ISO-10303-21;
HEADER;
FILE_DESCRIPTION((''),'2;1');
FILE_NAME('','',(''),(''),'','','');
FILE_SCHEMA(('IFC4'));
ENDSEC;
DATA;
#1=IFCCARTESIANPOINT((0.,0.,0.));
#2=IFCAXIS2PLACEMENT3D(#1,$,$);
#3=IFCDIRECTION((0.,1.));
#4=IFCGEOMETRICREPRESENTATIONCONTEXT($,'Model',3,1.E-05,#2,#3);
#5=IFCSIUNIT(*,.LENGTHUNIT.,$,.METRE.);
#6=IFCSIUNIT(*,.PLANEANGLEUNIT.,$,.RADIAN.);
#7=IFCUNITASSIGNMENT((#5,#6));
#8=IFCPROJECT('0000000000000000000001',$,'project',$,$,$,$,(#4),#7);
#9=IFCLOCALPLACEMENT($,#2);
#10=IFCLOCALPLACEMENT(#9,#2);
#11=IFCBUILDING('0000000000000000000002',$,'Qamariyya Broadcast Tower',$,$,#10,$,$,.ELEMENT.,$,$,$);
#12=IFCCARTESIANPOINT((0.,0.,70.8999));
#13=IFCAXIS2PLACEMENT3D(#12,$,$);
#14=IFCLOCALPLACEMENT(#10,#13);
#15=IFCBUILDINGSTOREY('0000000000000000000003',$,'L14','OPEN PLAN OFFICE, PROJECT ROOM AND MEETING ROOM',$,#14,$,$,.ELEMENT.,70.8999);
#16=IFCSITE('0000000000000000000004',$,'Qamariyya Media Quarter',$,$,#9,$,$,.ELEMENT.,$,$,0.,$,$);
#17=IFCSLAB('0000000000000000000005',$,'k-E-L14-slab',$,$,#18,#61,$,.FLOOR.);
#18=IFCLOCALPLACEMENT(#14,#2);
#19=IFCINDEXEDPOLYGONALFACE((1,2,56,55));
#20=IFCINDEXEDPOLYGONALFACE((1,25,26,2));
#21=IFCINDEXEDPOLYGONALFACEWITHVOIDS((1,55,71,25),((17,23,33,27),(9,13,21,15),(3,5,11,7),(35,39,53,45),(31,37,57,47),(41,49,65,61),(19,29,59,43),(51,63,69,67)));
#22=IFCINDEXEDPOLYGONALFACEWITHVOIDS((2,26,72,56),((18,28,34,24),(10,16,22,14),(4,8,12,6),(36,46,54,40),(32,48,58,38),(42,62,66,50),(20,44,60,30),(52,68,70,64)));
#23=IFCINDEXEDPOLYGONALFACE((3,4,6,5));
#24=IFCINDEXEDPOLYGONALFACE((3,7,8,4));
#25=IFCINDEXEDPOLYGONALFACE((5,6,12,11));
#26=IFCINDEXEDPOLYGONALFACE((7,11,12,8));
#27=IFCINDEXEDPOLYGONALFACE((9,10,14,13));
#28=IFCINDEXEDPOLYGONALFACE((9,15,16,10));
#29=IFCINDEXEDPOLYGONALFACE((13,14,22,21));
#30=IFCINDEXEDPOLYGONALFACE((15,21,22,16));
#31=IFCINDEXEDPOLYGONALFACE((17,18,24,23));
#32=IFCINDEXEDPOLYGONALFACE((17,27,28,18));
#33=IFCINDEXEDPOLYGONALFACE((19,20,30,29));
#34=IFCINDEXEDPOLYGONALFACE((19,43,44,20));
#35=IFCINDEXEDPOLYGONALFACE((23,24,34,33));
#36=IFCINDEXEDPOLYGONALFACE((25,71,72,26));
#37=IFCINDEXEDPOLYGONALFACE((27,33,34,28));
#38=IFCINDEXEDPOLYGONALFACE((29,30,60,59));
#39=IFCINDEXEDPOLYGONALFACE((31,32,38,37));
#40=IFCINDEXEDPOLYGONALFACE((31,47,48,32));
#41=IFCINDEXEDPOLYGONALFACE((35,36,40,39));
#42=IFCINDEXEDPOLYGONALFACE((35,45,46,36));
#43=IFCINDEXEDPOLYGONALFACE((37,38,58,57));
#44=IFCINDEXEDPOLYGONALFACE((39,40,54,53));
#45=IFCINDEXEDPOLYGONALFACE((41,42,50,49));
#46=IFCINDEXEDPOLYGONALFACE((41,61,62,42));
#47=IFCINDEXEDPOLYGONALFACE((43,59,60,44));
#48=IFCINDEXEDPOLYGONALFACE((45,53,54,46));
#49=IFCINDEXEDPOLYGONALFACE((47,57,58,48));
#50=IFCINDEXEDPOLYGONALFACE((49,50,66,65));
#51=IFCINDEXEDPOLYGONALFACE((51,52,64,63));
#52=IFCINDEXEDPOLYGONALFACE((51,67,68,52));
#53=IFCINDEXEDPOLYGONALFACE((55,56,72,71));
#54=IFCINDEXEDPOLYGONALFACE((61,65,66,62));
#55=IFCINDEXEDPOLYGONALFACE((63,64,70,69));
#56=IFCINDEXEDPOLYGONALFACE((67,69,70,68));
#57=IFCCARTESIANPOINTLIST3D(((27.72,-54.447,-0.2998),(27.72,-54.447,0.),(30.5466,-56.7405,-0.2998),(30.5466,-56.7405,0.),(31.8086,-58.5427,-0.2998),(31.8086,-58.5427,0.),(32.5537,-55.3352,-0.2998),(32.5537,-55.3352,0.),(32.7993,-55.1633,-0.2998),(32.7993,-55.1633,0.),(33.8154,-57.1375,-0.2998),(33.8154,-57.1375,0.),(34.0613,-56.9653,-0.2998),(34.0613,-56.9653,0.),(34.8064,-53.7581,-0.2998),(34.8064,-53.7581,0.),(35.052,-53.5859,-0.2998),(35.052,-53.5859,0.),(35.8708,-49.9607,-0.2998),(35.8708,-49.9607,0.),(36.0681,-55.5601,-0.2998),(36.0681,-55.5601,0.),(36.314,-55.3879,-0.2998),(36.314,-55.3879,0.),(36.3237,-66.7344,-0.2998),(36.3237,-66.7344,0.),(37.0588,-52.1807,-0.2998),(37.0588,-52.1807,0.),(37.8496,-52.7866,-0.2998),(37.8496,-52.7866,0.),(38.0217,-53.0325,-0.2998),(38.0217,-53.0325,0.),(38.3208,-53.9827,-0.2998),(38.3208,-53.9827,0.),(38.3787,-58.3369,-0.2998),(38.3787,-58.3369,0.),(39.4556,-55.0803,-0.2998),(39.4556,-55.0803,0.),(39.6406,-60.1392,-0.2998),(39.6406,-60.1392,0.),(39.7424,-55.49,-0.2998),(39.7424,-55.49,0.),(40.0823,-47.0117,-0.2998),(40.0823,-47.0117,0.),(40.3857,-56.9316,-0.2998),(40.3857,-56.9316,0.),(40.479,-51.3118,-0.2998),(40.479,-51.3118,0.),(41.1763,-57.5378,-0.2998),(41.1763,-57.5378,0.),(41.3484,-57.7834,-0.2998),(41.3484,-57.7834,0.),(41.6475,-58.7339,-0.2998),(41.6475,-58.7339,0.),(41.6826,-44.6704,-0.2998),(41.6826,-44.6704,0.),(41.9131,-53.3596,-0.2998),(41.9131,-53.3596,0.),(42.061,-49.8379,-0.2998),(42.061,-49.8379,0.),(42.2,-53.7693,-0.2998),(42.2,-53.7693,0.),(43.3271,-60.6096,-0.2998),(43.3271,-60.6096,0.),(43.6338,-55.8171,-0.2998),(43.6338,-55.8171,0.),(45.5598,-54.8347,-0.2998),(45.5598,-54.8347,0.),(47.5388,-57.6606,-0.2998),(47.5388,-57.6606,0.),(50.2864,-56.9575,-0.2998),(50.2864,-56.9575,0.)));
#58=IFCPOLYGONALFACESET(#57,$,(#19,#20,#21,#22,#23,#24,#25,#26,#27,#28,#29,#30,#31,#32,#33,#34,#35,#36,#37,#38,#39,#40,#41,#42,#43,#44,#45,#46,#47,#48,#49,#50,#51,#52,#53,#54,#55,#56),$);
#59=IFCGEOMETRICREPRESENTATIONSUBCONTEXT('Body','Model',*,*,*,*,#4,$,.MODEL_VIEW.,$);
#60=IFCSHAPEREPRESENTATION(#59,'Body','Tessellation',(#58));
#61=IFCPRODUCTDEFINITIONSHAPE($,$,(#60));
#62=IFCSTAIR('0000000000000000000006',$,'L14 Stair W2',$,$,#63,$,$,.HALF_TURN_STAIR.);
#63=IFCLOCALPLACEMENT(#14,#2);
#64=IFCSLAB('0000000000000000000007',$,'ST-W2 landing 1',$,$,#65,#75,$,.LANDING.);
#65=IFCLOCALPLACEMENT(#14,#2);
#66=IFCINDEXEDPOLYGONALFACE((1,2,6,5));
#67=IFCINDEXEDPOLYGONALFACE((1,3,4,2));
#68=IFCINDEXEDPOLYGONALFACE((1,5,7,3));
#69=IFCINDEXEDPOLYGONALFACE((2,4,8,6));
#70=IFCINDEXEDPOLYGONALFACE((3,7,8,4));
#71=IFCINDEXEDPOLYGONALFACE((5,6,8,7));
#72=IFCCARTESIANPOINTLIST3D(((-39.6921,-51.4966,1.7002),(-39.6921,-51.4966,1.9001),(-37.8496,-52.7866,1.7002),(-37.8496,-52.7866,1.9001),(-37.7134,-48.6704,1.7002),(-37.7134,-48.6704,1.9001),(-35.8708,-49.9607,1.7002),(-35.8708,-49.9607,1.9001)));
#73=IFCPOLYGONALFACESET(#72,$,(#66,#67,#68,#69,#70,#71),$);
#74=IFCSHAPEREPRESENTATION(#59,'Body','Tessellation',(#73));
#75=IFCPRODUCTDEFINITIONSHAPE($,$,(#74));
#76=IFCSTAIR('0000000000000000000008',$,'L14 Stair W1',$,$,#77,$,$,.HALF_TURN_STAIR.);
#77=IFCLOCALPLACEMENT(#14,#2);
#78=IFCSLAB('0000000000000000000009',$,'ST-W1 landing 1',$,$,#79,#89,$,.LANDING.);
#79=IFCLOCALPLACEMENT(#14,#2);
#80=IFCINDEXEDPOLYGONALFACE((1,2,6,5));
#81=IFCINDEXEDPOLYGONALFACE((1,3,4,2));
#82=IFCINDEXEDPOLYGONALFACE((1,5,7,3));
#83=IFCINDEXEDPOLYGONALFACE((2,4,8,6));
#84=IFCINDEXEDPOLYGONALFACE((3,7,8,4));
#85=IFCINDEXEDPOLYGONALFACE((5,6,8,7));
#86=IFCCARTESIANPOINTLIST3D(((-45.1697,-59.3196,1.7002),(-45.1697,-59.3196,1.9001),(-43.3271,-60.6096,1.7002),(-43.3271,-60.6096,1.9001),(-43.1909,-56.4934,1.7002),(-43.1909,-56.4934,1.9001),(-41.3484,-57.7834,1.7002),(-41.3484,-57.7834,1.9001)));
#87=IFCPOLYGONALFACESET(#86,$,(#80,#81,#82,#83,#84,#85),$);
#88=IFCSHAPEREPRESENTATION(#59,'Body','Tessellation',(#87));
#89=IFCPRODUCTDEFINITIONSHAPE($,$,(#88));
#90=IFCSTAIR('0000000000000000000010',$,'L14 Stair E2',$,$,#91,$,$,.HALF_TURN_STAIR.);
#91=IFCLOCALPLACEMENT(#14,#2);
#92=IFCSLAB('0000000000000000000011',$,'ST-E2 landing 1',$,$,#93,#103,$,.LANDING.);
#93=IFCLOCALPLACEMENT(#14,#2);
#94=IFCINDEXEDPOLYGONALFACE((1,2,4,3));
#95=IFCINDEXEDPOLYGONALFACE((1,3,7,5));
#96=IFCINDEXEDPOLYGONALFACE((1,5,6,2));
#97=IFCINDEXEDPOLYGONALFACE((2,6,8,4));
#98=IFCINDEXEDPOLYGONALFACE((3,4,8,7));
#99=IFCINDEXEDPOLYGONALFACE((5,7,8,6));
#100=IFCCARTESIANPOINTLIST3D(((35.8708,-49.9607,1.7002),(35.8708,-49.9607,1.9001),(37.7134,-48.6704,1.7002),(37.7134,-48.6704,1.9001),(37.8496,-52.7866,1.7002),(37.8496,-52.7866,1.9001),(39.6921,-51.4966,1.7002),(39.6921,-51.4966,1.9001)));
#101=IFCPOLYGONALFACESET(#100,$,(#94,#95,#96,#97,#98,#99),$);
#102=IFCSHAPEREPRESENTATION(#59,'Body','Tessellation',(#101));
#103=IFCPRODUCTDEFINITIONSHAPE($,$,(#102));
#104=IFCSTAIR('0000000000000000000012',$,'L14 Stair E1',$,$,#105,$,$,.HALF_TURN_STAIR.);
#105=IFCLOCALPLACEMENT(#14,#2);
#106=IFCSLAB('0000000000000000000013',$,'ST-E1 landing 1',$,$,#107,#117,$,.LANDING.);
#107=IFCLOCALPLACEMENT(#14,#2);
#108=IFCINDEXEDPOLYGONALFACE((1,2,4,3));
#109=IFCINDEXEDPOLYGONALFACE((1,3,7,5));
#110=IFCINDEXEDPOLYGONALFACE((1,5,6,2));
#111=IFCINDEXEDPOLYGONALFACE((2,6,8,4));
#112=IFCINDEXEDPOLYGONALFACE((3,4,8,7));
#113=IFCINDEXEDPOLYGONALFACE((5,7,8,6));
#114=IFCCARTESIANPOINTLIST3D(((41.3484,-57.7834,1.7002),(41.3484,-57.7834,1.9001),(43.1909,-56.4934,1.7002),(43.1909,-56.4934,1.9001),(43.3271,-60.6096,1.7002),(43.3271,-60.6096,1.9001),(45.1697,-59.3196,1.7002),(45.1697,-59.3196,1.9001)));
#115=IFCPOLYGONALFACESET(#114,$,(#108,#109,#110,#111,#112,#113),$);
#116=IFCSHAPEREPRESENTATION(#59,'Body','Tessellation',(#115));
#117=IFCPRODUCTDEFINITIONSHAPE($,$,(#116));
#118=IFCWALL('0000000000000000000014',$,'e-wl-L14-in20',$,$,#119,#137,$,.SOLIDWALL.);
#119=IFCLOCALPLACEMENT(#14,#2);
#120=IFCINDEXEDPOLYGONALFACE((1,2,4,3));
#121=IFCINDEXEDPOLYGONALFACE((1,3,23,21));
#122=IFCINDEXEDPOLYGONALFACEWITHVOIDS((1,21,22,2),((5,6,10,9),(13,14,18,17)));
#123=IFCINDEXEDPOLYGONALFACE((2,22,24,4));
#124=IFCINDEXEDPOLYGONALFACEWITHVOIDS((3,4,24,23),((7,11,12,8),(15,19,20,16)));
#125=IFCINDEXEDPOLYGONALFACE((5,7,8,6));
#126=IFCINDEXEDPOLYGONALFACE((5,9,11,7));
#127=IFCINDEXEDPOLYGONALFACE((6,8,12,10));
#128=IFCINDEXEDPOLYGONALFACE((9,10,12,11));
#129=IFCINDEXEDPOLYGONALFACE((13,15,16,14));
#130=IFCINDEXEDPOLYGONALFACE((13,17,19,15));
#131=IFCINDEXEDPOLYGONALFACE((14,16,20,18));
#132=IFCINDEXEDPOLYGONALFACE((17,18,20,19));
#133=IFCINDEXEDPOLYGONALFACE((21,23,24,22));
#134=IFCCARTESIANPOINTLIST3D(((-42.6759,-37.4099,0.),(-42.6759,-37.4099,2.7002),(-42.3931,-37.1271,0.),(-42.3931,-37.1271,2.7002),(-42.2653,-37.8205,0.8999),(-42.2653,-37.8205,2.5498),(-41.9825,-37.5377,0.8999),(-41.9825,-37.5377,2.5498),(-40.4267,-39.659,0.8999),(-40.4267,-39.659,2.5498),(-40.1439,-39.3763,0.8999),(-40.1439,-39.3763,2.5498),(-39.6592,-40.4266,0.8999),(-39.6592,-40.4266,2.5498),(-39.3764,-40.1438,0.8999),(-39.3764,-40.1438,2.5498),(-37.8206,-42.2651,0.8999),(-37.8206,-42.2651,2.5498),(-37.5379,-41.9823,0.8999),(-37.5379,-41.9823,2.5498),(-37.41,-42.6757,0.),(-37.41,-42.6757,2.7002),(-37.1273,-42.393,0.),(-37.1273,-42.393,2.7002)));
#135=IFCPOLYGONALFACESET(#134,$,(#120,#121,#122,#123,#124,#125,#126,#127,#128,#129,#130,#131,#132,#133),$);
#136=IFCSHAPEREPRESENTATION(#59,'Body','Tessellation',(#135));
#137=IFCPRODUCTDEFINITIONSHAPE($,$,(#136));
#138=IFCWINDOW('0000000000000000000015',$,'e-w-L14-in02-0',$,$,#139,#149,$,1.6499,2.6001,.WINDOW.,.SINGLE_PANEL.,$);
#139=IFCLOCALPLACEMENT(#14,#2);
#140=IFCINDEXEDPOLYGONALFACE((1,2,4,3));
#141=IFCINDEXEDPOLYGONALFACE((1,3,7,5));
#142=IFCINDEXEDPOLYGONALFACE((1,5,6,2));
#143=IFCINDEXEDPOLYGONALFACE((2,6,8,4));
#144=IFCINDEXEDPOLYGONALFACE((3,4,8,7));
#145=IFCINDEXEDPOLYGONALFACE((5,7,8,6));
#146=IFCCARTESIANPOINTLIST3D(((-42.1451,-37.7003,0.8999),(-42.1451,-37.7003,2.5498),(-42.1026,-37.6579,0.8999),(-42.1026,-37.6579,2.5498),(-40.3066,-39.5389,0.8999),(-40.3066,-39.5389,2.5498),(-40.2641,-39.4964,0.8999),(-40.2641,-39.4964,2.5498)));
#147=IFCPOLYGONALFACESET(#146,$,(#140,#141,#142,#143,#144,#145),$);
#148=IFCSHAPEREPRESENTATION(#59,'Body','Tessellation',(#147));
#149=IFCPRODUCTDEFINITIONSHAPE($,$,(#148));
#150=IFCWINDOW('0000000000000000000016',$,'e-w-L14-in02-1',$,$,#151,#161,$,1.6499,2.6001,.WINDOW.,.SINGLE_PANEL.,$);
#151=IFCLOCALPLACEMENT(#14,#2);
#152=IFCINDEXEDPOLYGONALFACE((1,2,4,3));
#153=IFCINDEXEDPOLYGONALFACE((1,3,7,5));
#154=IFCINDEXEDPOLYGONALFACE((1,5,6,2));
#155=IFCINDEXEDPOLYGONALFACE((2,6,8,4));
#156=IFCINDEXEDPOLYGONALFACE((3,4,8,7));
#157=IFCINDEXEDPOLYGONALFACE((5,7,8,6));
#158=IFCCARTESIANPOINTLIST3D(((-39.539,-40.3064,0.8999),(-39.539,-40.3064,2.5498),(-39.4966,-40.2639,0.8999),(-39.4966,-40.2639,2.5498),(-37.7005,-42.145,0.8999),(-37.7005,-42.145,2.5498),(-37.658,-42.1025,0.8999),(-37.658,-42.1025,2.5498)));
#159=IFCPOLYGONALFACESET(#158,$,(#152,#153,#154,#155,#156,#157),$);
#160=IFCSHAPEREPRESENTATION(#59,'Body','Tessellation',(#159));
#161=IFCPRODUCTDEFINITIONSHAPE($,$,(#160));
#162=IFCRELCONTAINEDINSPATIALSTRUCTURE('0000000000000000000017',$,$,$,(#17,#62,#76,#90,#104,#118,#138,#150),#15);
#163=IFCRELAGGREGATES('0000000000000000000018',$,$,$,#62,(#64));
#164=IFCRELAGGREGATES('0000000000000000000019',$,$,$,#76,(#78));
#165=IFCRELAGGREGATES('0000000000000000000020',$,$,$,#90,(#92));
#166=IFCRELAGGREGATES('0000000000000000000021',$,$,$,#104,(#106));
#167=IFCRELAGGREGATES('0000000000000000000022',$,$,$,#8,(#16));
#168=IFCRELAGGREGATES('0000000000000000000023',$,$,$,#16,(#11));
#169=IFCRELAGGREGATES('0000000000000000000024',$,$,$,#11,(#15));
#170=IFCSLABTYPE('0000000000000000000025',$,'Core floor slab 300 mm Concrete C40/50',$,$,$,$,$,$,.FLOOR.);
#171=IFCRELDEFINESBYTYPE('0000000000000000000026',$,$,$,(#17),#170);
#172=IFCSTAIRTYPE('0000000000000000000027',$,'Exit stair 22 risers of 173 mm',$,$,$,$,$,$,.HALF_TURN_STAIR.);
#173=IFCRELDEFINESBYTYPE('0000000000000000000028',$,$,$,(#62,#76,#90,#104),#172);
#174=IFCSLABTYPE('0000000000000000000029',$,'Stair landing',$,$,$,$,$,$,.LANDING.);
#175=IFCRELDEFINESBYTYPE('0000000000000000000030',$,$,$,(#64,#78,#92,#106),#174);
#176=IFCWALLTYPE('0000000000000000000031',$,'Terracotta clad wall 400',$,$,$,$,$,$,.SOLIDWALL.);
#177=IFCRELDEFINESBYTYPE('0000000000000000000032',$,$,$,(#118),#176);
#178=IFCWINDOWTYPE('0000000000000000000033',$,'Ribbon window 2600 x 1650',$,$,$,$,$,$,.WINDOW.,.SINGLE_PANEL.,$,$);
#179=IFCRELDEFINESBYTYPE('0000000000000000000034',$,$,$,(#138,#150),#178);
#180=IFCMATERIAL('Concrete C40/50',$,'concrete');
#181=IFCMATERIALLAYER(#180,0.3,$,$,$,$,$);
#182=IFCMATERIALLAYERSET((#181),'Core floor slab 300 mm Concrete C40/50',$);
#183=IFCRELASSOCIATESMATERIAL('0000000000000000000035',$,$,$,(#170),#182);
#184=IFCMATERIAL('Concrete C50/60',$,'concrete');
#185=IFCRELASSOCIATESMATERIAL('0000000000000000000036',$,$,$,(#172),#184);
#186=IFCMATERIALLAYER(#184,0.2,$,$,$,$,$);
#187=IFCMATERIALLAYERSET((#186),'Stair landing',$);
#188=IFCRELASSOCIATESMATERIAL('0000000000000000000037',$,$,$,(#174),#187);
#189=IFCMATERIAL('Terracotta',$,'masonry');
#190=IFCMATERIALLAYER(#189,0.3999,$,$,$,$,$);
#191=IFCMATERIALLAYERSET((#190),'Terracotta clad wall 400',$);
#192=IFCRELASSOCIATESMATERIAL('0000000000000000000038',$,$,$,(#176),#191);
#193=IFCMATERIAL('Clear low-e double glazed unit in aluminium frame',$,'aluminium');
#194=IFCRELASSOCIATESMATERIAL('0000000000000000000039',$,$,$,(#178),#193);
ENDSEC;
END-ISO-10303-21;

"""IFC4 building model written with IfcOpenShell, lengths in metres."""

from ifc_helpers import new_model, si_unit, direction, frame, frame_2d, origin, place, context, subcontext, project, spatial, polyline, rectangle, outline, extrude, material, layer, layer_set, type_object, element, fill, aggregate, save


model = new_model("IFC4")

# Units and contexts
model_context = context("Model", 3, precision=1e-05, world=origin(), true_north=direction((0.0, 1.0)))
body_context = subcontext(model_context, "Body", "Model", "MODEL_VIEW")
ifc_project = project(units=[si_unit("LENGTHUNIT", "METRE"), si_unit("PLANEANGLEUNIT", "RADIAN")], contexts=[model_context])

# Site, building, storey
site_placement = place(None, origin())
site = spatial("IfcSite", under=ifc_project, at=site_placement, Name="Qamariyya Media Quarter", CompositionType="ELEMENT", RefElevation=0.0)
building_placement = place(site_placement, origin())
building = spatial("IfcBuilding", under=site, at=building_placement, Name="Qamariyya Broadcast Tower", CompositionType="ELEMENT")
storey_placement = place(building_placement, frame((0.0, 0.0, 70.8999)))
storey = spatial("IfcBuildingStorey", under=building, at=storey_placement, Name="L14", Description="OPEN PLAN OFFICE, PROJECT ROOM AND MEETING ROOM", CompositionType="ELEMENT", Elevation=70.8999)

# Shared definitions
ifc_material_1 = material(Name="Concrete C50/60", Category="concrete")

# Slab
ifc_material_2 = material(Name="Concrete C40/50", Category="concrete")
ifc_layer_1 = layer(ifc_material_2, 0.3)
ifc_layer_set_1 = layer_set([ifc_layer_1], Name="Core floor slab 300 mm Concrete C40/50")
slab_type_1 = type_object("IfcSlabType", Name="Core floor slab 300 mm Concrete C40/50", PredefinedType="FLOOR", material=ifc_layer_set_1)
slab_1_placement = place(storey_placement, frame((0.0, 0.0, -0.2998)))
element("IfcSlab", 1, at=slab_1_placement, inside=storey, type_object=slab_type_1, Name="k-E-L14-slab", PredefinedType="FLOOR", context=body_context, shape_type="SweptSolid", body=[
    extrude(outline(polyline([(36.3237, -66.7344), (50.2864, -56.9575), (41.6826, -44.6704), (27.72, -54.447), (36.3237, -66.7344)]), holes=[polyline([(31.8086, -58.5427), (33.8154, -57.1375), (32.5537, -55.3352), (30.5466, -56.7405), (31.8086, -58.5427)]), polyline([(34.0613, -56.9653), (36.0681, -55.5601), (34.8064, -53.7581), (32.7993, -55.1633), (34.0613, -56.9653)]), polyline([(36.314, -55.3879), (38.3208, -53.9827), (37.0588, -52.1807), (35.052, -53.5859), (36.314, -55.3879)]), polyline([(38.3787, -58.3369), (40.3857, -56.9316), (41.6475, -58.7339), (39.6406, -60.1392), (38.3787, -58.3369)]), polyline([(39.7424, -55.49), (42.2, -53.7693), (43.6338, -55.8171), (41.1763, -57.5378), (39.7424, -55.49)]), polyline([(39.4556, -55.0803), (41.9131, -53.3596), (40.479, -51.3118), (38.0217, -53.0325), (39.4556, -55.0803)]), polyline([(40.0823, -47.0117), (35.8708, -49.9607), (37.8496, -52.7866), (42.061, -49.8379), (40.0823, -47.0117)]), polyline([(45.5598, -54.8347), (41.3484, -57.7834), (43.3271, -60.6096), (47.5388, -57.6606), (45.5598, -54.8347)])]), origin(), (0.0, 0.0, 1.0), 0.2998),
])

# Stairs, slabs
stair_type = type_object("IfcStairType", Name="Exit stair 22 risers of 173 mm", PredefinedType="HALF_TURN_STAIR", material=ifc_material_1)
stair_1_placement = place(storey_placement, origin())
stair_1 = element("IfcStair", 2, at=stair_1_placement, inside=storey, type_object=stair_type, Name="L14 Stair W2", PredefinedType="HALF_TURN_STAIR")
ifc_layer_2 = layer(ifc_material_1, 0.2)
ifc_layer_set_2 = layer_set([ifc_layer_2], Name="Stair landing")
slab_type_2 = type_object("IfcSlabType", Name="Stair landing", PredefinedType="LANDING", material=ifc_layer_set_2)
slab_2_placement = place(storey_placement, frame((0.0, 0.0, 1.7002)))
slab_2 = element("IfcSlab", 3, at=slab_2_placement, type_object=slab_type_2, Name="ST-W2 landing 1", PredefinedType="LANDING", context=body_context, shape_type="SweptSolid", body=[
    extrude(outline(polyline([(-39.6921, -51.4966), (-37.8496, -52.7866), (-35.8708, -49.9607), (-37.7134, -48.6704), (-39.6921, -51.4966)])), origin(), (0.0, 0.0, 1.0), 0.2),
])
aggregate(stair_1, [slab_2])
stair_2_placement = place(storey_placement, origin())
stair_2 = element("IfcStair", 4, at=stair_2_placement, inside=storey, type_object=stair_type, Name="L14 Stair W1", PredefinedType="HALF_TURN_STAIR")
slab_3_placement = place(storey_placement, frame((0.0, 0.0, 1.7002)))
slab_3 = element("IfcSlab", 5, at=slab_3_placement, type_object=slab_type_2, Name="ST-W1 landing 1", PredefinedType="LANDING", context=body_context, shape_type="SweptSolid", body=[
    extrude(outline(polyline([(-45.1697, -59.3196), (-43.3271, -60.6096), (-41.3484, -57.7834), (-43.1909, -56.4934), (-45.1697, -59.3196)])), origin(), (0.0, 0.0, 1.0), 0.2),
])
aggregate(stair_2, [slab_3])
stair_3_placement = place(storey_placement, origin())
stair_3 = element("IfcStair", 6, at=stair_3_placement, inside=storey, type_object=stair_type, Name="L14 Stair E2", PredefinedType="HALF_TURN_STAIR")
slab_4_placement = place(storey_placement, frame((0.0, 0.0, 1.7002)))
slab_4 = element("IfcSlab", 7, at=slab_4_placement, type_object=slab_type_2, Name="ST-E2 landing 1", PredefinedType="LANDING", context=body_context, shape_type="SweptSolid", body=[
    extrude(outline(polyline([(37.7134, -48.6704), (35.8708, -49.9607), (37.8496, -52.7866), (39.6921, -51.4966), (37.7134, -48.6704)])), origin(), (0.0, 0.0, 1.0), 0.2),
])
aggregate(stair_3, [slab_4])
stair_4_placement = place(storey_placement, origin())
stair_4 = element("IfcStair", 8, at=stair_4_placement, inside=storey, type_object=stair_type, Name="L14 Stair E1", PredefinedType="HALF_TURN_STAIR")
slab_5_placement = place(storey_placement, frame((0.0, 0.0, 1.7002)))
slab_5 = element("IfcSlab", 9, at=slab_5_placement, type_object=slab_type_2, Name="ST-E1 landing 1", PredefinedType="LANDING", context=body_context, shape_type="SweptSolid", body=[
    extrude(outline(polyline([(43.1909, -56.4934), (41.3484, -57.7834), (43.3271, -60.6096), (45.1697, -59.3196), (43.1909, -56.4934)])), origin(), (0.0, 0.0, 1.0), 0.2),
])
aggregate(stair_4, [slab_5])

# Wall, openings, windows
ifc_material_3 = material(Name="Terracotta", Category="masonry")
ifc_layer_3 = layer(ifc_material_3, 0.3999)
ifc_layer_set_3 = layer_set([ifc_layer_3], Name="Terracotta clad wall 400")
wall_type = type_object("IfcWallType", Name="Terracotta clad wall 400", PredefinedType="SOLIDWALL", material=ifc_layer_set_3)
wall_1_placement = place(storey_placement, frame((-37.2686, -42.5344, 0.0), z_axis=(0.0, 0.0, 1.0), x_axis=(-0.707107, 0.707107, 0.0)))
wall_1 = element("IfcWall", 10, at=wall_1_placement, inside=storey, type_object=wall_type, Name="e-wl-L14-in20", PredefinedType="SOLIDWALL", context=body_context, shape_type="SweptSolid", body=[
    extrude(rectangle(XDim=7.447, YDim=0.3999, at=frame_2d((3.7236, 0.0))), origin(), (0.0, 0.0, 1.0), 2.7002),
])
opening_1_placement = place(wall_1_placement, frame((4.2664, 0.0, 0.8999)))
opening_1 = element("IfcOpeningElement", 11, at=opening_1_placement, cuts=wall_1, PredefinedType="OPENING", context=body_context, shape_type="SweptSolid", body=[
    extrude(rectangle(XDim=2.6001, YDim=1.6499, at=frame_2d((1.3, 0.825))), frame((0.0, 0.21, 0.0), z_axis=(0.0, -1.0, 0.0), x_axis=(1.0, 0.0, 0.0)), (0.0, 0.0, 1.0), 0.4199),
])
opening_2_placement = place(wall_1_placement, frame((0.5808, 0.0, 0.8999)))
opening_2 = element("IfcOpeningElement", 12, at=opening_2_placement, cuts=wall_1, PredefinedType="OPENING", context=body_context, shape_type="SweptSolid", body=[
    extrude(rectangle(XDim=2.6001, YDim=1.6499, at=frame_2d((1.3, 0.825))), frame((0.0, 0.21, 0.0), z_axis=(0.0, -1.0, 0.0), x_axis=(1.0, 0.0, 0.0)), (0.0, 0.0, 1.0), 0.4199),
])
ifc_material_4 = material(Name="Clear low-e double glazed unit in aluminium frame", Category="aluminium")
window_type = type_object("IfcWindowType", Name="Ribbon window 2600 x 1650", PartitioningType="SINGLE_PANEL", PredefinedType="WINDOW", material=ifc_material_4)
window_1_placement = place(opening_1_placement, origin())
window_1 = element("IfcWindow", 13, at=window_1_placement, inside=storey, type_object=window_type, Name="e-w-L14-in02-0", OverallHeight=1.6499, OverallWidth=2.6001, PartitioningType="SINGLE_PANEL", PredefinedType="WINDOW", context=body_context, shape_type="SweptSolid", body=[
    extrude(rectangle(XDim=2.6001, YDim=1.6499, at=frame_2d((1.3, 0.825))), frame((0.0, 0.03, 0.0), z_axis=(0.0, -1.0, 0.0), x_axis=(1.0, 0.0, 0.0)), (0.0, 0.0, 1.0), 0.0601),
])
fill(opening_1, window_1)
window_2_placement = place(opening_2_placement, origin())
window_2 = element("IfcWindow", 14, at=window_2_placement, inside=storey, type_object=window_type, Name="e-w-L14-in02-1", OverallHeight=1.6499, OverallWidth=2.6001, PartitioningType="SINGLE_PANEL", PredefinedType="WINDOW", context=body_context, shape_type="SweptSolid", body=[
    extrude(rectangle(XDim=2.6001, YDim=1.6499, at=frame_2d((1.3, 0.825))), frame((0.0, 0.03, 0.0), z_axis=(0.0, -1.0, 0.0), x_axis=(1.0, 0.0, 0.0)), (0.0, 0.0, 1.0), 0.0601),
])
fill(opening_2, window_2)

save(model, "model.ifc")
